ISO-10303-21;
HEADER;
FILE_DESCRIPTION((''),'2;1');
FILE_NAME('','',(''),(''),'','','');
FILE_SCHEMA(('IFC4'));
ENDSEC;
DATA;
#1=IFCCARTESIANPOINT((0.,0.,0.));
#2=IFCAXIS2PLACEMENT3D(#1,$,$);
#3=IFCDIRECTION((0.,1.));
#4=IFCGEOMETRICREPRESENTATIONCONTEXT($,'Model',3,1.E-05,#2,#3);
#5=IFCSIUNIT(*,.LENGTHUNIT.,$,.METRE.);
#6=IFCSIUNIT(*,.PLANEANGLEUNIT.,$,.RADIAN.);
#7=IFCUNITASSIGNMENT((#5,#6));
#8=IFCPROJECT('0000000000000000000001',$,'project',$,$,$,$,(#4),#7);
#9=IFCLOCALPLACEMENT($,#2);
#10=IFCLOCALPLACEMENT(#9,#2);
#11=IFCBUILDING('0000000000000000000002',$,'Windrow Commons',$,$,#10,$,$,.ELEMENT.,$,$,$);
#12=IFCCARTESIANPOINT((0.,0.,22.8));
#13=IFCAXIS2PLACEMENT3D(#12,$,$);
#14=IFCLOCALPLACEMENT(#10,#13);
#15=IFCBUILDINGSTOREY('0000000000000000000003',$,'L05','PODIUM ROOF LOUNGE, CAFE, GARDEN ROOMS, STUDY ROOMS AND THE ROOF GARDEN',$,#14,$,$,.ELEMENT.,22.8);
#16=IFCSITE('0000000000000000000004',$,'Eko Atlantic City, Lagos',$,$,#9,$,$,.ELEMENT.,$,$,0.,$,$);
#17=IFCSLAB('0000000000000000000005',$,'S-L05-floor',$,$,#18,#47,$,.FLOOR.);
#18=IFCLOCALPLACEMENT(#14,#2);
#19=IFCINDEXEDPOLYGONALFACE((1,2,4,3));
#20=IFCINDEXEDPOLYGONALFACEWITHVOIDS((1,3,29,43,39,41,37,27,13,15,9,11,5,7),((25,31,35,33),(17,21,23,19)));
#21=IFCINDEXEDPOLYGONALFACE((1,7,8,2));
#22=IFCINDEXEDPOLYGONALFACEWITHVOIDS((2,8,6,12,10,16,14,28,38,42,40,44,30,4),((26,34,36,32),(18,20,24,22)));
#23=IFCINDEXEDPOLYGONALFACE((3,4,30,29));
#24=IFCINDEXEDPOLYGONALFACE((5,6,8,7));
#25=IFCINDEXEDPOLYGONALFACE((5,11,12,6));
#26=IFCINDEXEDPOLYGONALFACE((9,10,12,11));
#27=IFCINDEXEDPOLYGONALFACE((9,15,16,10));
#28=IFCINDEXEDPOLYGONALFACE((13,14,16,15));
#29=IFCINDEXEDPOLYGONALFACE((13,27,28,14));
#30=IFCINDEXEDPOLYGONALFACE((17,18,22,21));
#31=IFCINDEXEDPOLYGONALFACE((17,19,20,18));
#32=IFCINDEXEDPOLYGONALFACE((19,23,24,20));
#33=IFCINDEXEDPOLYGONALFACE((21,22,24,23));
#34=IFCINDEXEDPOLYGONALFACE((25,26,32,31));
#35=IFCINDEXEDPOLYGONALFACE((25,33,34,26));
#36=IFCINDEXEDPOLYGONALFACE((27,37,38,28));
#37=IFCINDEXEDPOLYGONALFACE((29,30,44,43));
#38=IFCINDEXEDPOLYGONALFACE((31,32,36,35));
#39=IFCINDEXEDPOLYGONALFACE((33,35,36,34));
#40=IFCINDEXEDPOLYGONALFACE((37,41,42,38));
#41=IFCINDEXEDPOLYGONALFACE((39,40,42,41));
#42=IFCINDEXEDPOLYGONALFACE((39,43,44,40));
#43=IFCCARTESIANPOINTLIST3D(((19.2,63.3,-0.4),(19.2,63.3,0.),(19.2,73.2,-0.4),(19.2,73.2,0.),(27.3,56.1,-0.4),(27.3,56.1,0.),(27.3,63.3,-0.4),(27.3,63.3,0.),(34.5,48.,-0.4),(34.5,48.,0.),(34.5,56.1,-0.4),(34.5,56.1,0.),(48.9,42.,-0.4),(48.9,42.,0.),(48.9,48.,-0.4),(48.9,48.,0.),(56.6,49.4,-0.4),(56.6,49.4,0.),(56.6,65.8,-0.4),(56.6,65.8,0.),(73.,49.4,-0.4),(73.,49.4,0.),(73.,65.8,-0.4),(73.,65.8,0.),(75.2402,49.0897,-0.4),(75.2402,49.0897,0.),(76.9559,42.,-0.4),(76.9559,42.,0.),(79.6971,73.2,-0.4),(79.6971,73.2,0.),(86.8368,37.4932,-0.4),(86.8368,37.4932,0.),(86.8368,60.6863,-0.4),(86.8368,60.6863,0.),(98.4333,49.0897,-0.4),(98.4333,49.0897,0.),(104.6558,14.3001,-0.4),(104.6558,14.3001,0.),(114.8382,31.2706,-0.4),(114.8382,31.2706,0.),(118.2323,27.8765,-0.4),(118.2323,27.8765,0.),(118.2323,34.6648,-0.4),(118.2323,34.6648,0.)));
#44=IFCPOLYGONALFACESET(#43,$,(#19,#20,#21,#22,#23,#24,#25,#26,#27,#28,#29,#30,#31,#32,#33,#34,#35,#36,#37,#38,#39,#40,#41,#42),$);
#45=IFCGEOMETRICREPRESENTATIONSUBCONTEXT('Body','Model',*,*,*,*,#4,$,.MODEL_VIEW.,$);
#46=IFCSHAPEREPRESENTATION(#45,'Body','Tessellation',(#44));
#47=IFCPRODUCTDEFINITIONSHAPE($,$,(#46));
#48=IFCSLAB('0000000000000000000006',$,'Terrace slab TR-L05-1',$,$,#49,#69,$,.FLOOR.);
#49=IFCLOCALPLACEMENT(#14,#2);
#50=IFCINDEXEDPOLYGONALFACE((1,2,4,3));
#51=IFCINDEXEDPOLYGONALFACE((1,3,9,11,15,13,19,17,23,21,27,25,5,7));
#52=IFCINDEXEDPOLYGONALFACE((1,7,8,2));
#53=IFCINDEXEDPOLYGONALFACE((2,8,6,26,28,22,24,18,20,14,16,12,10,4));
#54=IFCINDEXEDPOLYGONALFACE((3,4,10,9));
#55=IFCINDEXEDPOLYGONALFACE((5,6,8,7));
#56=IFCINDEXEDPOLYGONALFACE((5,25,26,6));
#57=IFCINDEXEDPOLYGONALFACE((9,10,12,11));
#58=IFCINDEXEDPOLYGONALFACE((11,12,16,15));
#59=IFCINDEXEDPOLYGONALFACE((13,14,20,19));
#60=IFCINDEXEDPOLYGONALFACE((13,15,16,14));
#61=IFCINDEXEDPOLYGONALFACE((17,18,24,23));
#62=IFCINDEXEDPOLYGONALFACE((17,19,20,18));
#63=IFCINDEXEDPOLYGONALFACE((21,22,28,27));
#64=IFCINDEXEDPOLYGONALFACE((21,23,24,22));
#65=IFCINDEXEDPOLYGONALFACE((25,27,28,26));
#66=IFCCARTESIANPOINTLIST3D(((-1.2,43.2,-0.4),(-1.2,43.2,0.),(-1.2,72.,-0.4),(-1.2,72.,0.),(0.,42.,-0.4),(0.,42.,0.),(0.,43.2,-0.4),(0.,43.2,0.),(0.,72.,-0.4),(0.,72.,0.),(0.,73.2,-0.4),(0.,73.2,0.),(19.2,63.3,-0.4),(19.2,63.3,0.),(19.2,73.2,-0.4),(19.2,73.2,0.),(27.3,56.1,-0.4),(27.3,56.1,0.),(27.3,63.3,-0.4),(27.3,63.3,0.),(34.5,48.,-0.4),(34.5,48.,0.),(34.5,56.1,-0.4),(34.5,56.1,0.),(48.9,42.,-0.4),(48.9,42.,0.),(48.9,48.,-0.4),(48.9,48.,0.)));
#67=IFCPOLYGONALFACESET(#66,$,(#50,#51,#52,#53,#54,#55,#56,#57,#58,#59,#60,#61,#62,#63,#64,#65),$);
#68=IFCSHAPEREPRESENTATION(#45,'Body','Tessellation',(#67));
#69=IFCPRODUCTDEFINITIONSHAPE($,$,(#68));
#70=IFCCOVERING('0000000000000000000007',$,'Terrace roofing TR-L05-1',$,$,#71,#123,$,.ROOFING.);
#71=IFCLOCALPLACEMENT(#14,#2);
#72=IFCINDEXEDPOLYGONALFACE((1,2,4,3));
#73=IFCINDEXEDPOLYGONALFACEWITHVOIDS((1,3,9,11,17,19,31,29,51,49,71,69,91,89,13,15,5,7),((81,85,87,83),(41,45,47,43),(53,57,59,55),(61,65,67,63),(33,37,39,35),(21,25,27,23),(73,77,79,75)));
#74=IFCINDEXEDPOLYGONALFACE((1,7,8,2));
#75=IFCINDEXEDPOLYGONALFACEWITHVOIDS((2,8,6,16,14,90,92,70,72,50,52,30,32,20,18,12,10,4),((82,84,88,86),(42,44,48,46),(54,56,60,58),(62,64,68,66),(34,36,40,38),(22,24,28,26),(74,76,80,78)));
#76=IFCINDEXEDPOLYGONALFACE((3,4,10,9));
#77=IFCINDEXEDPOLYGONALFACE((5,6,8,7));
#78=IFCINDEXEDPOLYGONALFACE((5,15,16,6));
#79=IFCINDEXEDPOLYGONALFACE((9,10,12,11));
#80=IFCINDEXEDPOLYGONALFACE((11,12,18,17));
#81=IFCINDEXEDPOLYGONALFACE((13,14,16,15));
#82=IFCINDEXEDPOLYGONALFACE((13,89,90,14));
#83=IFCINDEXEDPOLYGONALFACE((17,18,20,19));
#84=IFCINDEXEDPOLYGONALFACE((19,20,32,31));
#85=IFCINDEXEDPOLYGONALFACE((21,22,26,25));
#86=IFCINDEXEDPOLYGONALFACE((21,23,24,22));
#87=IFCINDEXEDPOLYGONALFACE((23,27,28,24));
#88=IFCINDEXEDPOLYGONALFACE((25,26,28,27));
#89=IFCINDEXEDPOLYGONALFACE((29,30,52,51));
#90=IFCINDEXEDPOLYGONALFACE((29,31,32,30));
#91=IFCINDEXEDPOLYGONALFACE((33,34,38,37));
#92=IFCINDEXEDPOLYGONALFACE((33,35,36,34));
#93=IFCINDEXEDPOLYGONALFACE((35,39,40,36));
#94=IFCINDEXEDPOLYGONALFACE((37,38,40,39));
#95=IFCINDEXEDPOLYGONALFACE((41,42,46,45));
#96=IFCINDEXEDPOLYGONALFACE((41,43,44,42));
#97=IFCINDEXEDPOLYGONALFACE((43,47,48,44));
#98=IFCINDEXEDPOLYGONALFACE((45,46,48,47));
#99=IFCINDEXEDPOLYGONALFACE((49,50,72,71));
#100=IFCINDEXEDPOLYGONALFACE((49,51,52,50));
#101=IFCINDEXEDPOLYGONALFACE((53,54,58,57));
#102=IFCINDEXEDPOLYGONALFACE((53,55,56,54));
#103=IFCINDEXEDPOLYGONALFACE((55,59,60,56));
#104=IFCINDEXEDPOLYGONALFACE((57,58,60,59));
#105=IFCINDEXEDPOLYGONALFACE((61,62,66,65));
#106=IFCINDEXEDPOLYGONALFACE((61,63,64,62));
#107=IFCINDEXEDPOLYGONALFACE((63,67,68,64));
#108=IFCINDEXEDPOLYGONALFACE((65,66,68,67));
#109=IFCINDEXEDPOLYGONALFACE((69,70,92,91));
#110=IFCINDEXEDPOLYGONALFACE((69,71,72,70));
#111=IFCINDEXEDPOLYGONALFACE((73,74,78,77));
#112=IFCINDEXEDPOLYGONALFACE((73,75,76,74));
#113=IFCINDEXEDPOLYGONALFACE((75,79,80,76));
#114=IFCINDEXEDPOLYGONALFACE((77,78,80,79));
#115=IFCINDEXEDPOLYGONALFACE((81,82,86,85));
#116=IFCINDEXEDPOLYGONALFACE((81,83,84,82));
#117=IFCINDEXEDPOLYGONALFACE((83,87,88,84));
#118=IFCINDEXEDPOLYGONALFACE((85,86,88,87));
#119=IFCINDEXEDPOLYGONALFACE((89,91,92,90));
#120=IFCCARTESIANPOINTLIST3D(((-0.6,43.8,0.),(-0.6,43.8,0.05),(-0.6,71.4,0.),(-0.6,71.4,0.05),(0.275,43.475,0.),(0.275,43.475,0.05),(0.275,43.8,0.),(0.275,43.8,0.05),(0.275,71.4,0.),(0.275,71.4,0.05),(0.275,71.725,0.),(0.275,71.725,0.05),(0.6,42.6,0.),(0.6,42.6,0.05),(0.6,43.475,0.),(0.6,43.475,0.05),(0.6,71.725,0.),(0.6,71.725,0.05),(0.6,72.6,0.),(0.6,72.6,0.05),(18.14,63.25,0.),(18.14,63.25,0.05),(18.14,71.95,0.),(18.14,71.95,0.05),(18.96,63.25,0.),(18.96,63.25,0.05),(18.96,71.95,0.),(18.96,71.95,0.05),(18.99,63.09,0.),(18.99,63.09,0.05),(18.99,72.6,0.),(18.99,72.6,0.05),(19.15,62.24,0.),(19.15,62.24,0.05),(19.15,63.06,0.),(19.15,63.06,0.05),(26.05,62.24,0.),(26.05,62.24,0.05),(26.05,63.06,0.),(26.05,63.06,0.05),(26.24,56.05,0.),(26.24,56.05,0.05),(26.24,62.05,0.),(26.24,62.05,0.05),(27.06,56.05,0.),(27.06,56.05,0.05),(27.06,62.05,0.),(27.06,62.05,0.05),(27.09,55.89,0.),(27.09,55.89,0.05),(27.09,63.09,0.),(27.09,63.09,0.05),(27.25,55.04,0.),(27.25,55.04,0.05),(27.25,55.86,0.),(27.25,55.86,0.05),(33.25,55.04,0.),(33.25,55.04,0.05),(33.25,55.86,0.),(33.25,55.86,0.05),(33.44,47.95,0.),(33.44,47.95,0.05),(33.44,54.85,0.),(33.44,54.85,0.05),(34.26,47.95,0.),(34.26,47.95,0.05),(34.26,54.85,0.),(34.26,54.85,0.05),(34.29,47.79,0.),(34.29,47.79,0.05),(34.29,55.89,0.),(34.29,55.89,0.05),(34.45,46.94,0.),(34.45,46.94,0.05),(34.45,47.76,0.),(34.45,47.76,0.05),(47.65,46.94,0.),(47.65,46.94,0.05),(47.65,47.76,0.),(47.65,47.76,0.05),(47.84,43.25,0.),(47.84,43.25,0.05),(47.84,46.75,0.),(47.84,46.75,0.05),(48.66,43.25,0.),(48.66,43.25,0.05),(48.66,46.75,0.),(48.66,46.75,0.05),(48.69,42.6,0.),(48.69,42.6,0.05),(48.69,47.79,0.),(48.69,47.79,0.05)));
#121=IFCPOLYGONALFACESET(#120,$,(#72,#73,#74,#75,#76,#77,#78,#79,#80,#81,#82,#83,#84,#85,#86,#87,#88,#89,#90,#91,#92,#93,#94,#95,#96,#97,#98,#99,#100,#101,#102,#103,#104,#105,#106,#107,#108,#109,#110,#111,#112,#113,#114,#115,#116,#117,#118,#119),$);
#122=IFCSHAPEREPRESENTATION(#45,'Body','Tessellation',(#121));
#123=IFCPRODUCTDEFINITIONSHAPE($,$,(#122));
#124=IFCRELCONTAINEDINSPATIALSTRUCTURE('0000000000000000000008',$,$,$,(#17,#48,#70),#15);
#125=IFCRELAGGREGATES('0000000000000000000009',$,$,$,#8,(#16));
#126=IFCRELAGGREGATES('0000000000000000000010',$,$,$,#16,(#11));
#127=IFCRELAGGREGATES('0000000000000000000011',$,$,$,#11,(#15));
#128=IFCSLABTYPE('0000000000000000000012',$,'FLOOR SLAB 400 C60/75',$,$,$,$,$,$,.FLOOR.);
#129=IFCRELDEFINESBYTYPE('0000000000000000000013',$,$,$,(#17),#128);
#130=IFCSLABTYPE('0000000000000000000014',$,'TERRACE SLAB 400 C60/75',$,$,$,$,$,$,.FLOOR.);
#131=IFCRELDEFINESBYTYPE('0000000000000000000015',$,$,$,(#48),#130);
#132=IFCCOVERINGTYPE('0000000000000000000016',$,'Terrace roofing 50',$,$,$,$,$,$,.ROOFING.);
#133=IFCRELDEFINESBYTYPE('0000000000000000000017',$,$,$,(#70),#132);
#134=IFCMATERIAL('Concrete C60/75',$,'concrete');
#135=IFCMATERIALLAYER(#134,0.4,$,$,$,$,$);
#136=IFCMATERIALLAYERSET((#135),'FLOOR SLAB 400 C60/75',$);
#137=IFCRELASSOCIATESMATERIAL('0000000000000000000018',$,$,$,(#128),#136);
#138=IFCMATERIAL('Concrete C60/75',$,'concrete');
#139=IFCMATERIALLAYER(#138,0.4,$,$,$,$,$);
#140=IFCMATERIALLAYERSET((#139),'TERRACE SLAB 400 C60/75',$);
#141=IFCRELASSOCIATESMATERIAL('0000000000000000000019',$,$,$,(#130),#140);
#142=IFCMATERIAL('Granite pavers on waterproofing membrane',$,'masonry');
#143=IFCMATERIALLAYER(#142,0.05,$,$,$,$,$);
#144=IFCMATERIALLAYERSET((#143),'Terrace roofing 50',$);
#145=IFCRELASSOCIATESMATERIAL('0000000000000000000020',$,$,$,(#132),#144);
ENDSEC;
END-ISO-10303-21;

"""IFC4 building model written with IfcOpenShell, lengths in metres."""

from ifc_helpers import new_model, si_unit, direction, frame, origin, place, context, subcontext, project, spatial, polyline, outline, extrude, material, layer, layer_set, type_object, element, save


model = new_model("IFC4")

# Units and contexts
model_context = context("Model", 3, precision=1e-05, world=origin(), true_north=direction((0.0, 1.0)))
body_context = subcontext(model_context, "Body", "Model", "MODEL_VIEW")
ifc_project = project(units=[si_unit("LENGTHUNIT", "METRE"), si_unit("PLANEANGLEUNIT", "RADIAN")], contexts=[model_context])

# Site, building, storey
site_placement = place(None, origin())
site = spatial("IfcSite", under=ifc_project, at=site_placement, Name="Eko Atlantic City, Lagos", CompositionType="ELEMENT", RefElevation=0.0)
building_placement = place(site_placement, origin())
building = spatial("IfcBuilding", under=site, at=building_placement, Name="Windrow Commons", CompositionType="ELEMENT")
storey_placement = place(building_placement, frame((0.0, 0.0, 22.8)))
storey = spatial("IfcBuildingStorey", under=building, at=storey_placement, Name="L05", Description="PODIUM ROOF LOUNGE, CAFE, GARDEN ROOMS, STUDY ROOMS AND THE ROOF GARDEN", CompositionType="ELEMENT", Elevation=22.8)

# Shared definitions
placement_1 = place(storey_placement, frame((0.0, 0.0, -0.4)))

# Shared definitions
placement_2 = place(storey_placement, origin())

# Slab, openings
ifc_material_1 = material(Name="Concrete C60/75", Category="concrete")
ifc_layer_1 = layer(ifc_material_1, 0.4)
ifc_layer_set_1 = layer_set([ifc_layer_1], Name="FLOOR SLAB 400 C60/75")
slab_type_1 = type_object("IfcSlabType", Name="FLOOR SLAB 400 C60/75", PredefinedType="FLOOR", material=ifc_layer_set_1)
slab_1 = element("IfcSlab", 1, at=placement_1, inside=storey, type_object=slab_type_1, Name="S-L05-floor", PredefinedType="FLOOR", context=body_context, shape_type="SweptSolid", body=[
    extrude(outline(polyline([(48.9, 42.0), (76.9559, 42.0), (104.6558, 14.3001), (118.2323, 27.8765), (114.8382, 31.2706), (118.2323, 34.6648), (79.6971, 73.2), (19.2, 73.2), (19.2, 63.3), (27.3, 63.3), (27.3, 56.1), (34.5, 56.1), (34.5, 48.0), (48.9, 48.0), (48.9, 42.0)]), holes=[polyline([(75.2402, 49.0897), (86.8368, 60.6863), (98.4333, 49.0897), (86.8368, 37.4932), (75.2402, 49.0897)]), polyline([(56.6, 49.4), (56.6, 65.8), (73.0, 65.8), (73.0, 49.4), (56.6, 49.4)])]), origin(), (0.0, 0.0, 1.0), 0.4),
])
opening_1_placement = place(placement_1, origin())
element("IfcOpeningElement", 2, at=opening_1_placement, cuts=slab_1, PredefinedType="OPENING", context=body_context, shape_type="SweptSolid", body=[
    extrude(outline(polyline([(75.2473, 49.0897), (86.8368, 60.6792), (98.4262, 49.0897), (86.8368, 37.5003), (75.2473, 49.0897)])), origin(), (0.0, 0.0, 1.0), 0.4),
])
opening_2_placement = place(placement_1, origin())
element("IfcOpeningElement", 3, at=opening_2_placement, cuts=slab_1, PredefinedType="OPENING", context=body_context, shape_type="SweptSolid", body=[
    extrude(outline(polyline([(56.605, 49.405), (56.605, 65.795), (72.995, 65.795), (72.995, 49.405), (56.605, 49.405)])), origin(), (0.0, 0.0, 1.0), 0.4),
])

# Slab
ifc_material_2 = material(Name="Concrete C60/75", Category="concrete")
ifc_layer_2 = layer(ifc_material_2, 0.4)
ifc_layer_set_2 = layer_set([ifc_layer_2], Name="TERRACE SLAB 400 C60/75")
slab_type_2 = type_object("IfcSlabType", Name="TERRACE SLAB 400 C60/75", PredefinedType="FLOOR", material=ifc_layer_set_2)
element("IfcSlab", 4, at=placement_1, inside=storey, type_object=slab_type_2, Name="Terrace slab TR-L05-1", PredefinedType="FLOOR", context=body_context, shape_type="SweptSolid", body=[
    extrude(outline(polyline([(0.0, 43.2), (0.0, 42.0), (48.9, 42.0), (48.9, 48.0), (34.5, 48.0), (34.5, 56.1), (27.3, 56.1), (27.3, 63.3), (19.2, 63.3), (19.2, 73.2), (0.0, 73.2), (0.0, 72.0), (-1.2, 72.0), (-1.2, 43.2), (0.0, 43.2)])), origin(), (0.0, 0.0, 1.0), 0.4),
])

# Covering
ifc_material_3 = material(Name="Granite pavers on waterproofing membrane", Category="masonry")
ifc_layer_3 = layer(ifc_material_3, 0.05)
ifc_layer_set_3 = layer_set([ifc_layer_3], Name="Terrace roofing 50")
covering_type = type_object("IfcCoveringType", Name="Terrace roofing 50", PredefinedType="ROOFING", material=ifc_layer_set_3)
element("IfcCovering", 5, at=placement_2, inside=storey, type_object=covering_type, Name="Terrace roofing TR-L05-1", PredefinedType="ROOFING", context=body_context, shape_type="SweptSolid", body=[
    extrude(outline(polyline([(34.29, 55.89), (34.29, 47.79), (48.69, 47.79), (48.69, 42.6), (0.6, 42.6), (0.6, 43.475), (0.275, 43.475), (0.275, 43.8), (-0.6, 43.8), (-0.6, 71.4), (0.275, 71.4), (0.275, 71.725), (0.6, 71.725), (0.6, 72.6), (18.99, 72.6), (18.99, 63.09), (27.09, 63.09), (27.09, 55.89), (34.29, 55.89)]), holes=[polyline([(34.26, 47.95), (34.26, 54.85), (33.44, 54.85), (33.44, 47.95), (34.26, 47.95)]), polyline([(33.25, 55.86), (27.25, 55.86), (27.25, 55.04), (33.25, 55.04), (33.25, 55.86)]), polyline([(26.24, 56.05), (27.06, 56.05), (27.06, 62.05), (26.24, 62.05), (26.24, 56.05)]), polyline([(26.05, 62.24), (26.05, 63.06), (19.15, 63.06), (19.15, 62.24), (26.05, 62.24)]), polyline([(18.96, 63.25), (18.96, 71.95), (18.14, 71.95), (18.14, 63.25), (18.96, 63.25)]), polyline([(47.84, 43.25), (48.66, 43.25), (48.66, 46.75), (47.84, 46.75), (47.84, 43.25)]), polyline([(47.65, 47.76), (34.45, 47.76), (34.45, 46.94), (47.65, 46.94), (47.65, 47.76)])]), origin(), (0.0, 0.0, 1.0), 0.05),
])

save(model, "model.ifc")
